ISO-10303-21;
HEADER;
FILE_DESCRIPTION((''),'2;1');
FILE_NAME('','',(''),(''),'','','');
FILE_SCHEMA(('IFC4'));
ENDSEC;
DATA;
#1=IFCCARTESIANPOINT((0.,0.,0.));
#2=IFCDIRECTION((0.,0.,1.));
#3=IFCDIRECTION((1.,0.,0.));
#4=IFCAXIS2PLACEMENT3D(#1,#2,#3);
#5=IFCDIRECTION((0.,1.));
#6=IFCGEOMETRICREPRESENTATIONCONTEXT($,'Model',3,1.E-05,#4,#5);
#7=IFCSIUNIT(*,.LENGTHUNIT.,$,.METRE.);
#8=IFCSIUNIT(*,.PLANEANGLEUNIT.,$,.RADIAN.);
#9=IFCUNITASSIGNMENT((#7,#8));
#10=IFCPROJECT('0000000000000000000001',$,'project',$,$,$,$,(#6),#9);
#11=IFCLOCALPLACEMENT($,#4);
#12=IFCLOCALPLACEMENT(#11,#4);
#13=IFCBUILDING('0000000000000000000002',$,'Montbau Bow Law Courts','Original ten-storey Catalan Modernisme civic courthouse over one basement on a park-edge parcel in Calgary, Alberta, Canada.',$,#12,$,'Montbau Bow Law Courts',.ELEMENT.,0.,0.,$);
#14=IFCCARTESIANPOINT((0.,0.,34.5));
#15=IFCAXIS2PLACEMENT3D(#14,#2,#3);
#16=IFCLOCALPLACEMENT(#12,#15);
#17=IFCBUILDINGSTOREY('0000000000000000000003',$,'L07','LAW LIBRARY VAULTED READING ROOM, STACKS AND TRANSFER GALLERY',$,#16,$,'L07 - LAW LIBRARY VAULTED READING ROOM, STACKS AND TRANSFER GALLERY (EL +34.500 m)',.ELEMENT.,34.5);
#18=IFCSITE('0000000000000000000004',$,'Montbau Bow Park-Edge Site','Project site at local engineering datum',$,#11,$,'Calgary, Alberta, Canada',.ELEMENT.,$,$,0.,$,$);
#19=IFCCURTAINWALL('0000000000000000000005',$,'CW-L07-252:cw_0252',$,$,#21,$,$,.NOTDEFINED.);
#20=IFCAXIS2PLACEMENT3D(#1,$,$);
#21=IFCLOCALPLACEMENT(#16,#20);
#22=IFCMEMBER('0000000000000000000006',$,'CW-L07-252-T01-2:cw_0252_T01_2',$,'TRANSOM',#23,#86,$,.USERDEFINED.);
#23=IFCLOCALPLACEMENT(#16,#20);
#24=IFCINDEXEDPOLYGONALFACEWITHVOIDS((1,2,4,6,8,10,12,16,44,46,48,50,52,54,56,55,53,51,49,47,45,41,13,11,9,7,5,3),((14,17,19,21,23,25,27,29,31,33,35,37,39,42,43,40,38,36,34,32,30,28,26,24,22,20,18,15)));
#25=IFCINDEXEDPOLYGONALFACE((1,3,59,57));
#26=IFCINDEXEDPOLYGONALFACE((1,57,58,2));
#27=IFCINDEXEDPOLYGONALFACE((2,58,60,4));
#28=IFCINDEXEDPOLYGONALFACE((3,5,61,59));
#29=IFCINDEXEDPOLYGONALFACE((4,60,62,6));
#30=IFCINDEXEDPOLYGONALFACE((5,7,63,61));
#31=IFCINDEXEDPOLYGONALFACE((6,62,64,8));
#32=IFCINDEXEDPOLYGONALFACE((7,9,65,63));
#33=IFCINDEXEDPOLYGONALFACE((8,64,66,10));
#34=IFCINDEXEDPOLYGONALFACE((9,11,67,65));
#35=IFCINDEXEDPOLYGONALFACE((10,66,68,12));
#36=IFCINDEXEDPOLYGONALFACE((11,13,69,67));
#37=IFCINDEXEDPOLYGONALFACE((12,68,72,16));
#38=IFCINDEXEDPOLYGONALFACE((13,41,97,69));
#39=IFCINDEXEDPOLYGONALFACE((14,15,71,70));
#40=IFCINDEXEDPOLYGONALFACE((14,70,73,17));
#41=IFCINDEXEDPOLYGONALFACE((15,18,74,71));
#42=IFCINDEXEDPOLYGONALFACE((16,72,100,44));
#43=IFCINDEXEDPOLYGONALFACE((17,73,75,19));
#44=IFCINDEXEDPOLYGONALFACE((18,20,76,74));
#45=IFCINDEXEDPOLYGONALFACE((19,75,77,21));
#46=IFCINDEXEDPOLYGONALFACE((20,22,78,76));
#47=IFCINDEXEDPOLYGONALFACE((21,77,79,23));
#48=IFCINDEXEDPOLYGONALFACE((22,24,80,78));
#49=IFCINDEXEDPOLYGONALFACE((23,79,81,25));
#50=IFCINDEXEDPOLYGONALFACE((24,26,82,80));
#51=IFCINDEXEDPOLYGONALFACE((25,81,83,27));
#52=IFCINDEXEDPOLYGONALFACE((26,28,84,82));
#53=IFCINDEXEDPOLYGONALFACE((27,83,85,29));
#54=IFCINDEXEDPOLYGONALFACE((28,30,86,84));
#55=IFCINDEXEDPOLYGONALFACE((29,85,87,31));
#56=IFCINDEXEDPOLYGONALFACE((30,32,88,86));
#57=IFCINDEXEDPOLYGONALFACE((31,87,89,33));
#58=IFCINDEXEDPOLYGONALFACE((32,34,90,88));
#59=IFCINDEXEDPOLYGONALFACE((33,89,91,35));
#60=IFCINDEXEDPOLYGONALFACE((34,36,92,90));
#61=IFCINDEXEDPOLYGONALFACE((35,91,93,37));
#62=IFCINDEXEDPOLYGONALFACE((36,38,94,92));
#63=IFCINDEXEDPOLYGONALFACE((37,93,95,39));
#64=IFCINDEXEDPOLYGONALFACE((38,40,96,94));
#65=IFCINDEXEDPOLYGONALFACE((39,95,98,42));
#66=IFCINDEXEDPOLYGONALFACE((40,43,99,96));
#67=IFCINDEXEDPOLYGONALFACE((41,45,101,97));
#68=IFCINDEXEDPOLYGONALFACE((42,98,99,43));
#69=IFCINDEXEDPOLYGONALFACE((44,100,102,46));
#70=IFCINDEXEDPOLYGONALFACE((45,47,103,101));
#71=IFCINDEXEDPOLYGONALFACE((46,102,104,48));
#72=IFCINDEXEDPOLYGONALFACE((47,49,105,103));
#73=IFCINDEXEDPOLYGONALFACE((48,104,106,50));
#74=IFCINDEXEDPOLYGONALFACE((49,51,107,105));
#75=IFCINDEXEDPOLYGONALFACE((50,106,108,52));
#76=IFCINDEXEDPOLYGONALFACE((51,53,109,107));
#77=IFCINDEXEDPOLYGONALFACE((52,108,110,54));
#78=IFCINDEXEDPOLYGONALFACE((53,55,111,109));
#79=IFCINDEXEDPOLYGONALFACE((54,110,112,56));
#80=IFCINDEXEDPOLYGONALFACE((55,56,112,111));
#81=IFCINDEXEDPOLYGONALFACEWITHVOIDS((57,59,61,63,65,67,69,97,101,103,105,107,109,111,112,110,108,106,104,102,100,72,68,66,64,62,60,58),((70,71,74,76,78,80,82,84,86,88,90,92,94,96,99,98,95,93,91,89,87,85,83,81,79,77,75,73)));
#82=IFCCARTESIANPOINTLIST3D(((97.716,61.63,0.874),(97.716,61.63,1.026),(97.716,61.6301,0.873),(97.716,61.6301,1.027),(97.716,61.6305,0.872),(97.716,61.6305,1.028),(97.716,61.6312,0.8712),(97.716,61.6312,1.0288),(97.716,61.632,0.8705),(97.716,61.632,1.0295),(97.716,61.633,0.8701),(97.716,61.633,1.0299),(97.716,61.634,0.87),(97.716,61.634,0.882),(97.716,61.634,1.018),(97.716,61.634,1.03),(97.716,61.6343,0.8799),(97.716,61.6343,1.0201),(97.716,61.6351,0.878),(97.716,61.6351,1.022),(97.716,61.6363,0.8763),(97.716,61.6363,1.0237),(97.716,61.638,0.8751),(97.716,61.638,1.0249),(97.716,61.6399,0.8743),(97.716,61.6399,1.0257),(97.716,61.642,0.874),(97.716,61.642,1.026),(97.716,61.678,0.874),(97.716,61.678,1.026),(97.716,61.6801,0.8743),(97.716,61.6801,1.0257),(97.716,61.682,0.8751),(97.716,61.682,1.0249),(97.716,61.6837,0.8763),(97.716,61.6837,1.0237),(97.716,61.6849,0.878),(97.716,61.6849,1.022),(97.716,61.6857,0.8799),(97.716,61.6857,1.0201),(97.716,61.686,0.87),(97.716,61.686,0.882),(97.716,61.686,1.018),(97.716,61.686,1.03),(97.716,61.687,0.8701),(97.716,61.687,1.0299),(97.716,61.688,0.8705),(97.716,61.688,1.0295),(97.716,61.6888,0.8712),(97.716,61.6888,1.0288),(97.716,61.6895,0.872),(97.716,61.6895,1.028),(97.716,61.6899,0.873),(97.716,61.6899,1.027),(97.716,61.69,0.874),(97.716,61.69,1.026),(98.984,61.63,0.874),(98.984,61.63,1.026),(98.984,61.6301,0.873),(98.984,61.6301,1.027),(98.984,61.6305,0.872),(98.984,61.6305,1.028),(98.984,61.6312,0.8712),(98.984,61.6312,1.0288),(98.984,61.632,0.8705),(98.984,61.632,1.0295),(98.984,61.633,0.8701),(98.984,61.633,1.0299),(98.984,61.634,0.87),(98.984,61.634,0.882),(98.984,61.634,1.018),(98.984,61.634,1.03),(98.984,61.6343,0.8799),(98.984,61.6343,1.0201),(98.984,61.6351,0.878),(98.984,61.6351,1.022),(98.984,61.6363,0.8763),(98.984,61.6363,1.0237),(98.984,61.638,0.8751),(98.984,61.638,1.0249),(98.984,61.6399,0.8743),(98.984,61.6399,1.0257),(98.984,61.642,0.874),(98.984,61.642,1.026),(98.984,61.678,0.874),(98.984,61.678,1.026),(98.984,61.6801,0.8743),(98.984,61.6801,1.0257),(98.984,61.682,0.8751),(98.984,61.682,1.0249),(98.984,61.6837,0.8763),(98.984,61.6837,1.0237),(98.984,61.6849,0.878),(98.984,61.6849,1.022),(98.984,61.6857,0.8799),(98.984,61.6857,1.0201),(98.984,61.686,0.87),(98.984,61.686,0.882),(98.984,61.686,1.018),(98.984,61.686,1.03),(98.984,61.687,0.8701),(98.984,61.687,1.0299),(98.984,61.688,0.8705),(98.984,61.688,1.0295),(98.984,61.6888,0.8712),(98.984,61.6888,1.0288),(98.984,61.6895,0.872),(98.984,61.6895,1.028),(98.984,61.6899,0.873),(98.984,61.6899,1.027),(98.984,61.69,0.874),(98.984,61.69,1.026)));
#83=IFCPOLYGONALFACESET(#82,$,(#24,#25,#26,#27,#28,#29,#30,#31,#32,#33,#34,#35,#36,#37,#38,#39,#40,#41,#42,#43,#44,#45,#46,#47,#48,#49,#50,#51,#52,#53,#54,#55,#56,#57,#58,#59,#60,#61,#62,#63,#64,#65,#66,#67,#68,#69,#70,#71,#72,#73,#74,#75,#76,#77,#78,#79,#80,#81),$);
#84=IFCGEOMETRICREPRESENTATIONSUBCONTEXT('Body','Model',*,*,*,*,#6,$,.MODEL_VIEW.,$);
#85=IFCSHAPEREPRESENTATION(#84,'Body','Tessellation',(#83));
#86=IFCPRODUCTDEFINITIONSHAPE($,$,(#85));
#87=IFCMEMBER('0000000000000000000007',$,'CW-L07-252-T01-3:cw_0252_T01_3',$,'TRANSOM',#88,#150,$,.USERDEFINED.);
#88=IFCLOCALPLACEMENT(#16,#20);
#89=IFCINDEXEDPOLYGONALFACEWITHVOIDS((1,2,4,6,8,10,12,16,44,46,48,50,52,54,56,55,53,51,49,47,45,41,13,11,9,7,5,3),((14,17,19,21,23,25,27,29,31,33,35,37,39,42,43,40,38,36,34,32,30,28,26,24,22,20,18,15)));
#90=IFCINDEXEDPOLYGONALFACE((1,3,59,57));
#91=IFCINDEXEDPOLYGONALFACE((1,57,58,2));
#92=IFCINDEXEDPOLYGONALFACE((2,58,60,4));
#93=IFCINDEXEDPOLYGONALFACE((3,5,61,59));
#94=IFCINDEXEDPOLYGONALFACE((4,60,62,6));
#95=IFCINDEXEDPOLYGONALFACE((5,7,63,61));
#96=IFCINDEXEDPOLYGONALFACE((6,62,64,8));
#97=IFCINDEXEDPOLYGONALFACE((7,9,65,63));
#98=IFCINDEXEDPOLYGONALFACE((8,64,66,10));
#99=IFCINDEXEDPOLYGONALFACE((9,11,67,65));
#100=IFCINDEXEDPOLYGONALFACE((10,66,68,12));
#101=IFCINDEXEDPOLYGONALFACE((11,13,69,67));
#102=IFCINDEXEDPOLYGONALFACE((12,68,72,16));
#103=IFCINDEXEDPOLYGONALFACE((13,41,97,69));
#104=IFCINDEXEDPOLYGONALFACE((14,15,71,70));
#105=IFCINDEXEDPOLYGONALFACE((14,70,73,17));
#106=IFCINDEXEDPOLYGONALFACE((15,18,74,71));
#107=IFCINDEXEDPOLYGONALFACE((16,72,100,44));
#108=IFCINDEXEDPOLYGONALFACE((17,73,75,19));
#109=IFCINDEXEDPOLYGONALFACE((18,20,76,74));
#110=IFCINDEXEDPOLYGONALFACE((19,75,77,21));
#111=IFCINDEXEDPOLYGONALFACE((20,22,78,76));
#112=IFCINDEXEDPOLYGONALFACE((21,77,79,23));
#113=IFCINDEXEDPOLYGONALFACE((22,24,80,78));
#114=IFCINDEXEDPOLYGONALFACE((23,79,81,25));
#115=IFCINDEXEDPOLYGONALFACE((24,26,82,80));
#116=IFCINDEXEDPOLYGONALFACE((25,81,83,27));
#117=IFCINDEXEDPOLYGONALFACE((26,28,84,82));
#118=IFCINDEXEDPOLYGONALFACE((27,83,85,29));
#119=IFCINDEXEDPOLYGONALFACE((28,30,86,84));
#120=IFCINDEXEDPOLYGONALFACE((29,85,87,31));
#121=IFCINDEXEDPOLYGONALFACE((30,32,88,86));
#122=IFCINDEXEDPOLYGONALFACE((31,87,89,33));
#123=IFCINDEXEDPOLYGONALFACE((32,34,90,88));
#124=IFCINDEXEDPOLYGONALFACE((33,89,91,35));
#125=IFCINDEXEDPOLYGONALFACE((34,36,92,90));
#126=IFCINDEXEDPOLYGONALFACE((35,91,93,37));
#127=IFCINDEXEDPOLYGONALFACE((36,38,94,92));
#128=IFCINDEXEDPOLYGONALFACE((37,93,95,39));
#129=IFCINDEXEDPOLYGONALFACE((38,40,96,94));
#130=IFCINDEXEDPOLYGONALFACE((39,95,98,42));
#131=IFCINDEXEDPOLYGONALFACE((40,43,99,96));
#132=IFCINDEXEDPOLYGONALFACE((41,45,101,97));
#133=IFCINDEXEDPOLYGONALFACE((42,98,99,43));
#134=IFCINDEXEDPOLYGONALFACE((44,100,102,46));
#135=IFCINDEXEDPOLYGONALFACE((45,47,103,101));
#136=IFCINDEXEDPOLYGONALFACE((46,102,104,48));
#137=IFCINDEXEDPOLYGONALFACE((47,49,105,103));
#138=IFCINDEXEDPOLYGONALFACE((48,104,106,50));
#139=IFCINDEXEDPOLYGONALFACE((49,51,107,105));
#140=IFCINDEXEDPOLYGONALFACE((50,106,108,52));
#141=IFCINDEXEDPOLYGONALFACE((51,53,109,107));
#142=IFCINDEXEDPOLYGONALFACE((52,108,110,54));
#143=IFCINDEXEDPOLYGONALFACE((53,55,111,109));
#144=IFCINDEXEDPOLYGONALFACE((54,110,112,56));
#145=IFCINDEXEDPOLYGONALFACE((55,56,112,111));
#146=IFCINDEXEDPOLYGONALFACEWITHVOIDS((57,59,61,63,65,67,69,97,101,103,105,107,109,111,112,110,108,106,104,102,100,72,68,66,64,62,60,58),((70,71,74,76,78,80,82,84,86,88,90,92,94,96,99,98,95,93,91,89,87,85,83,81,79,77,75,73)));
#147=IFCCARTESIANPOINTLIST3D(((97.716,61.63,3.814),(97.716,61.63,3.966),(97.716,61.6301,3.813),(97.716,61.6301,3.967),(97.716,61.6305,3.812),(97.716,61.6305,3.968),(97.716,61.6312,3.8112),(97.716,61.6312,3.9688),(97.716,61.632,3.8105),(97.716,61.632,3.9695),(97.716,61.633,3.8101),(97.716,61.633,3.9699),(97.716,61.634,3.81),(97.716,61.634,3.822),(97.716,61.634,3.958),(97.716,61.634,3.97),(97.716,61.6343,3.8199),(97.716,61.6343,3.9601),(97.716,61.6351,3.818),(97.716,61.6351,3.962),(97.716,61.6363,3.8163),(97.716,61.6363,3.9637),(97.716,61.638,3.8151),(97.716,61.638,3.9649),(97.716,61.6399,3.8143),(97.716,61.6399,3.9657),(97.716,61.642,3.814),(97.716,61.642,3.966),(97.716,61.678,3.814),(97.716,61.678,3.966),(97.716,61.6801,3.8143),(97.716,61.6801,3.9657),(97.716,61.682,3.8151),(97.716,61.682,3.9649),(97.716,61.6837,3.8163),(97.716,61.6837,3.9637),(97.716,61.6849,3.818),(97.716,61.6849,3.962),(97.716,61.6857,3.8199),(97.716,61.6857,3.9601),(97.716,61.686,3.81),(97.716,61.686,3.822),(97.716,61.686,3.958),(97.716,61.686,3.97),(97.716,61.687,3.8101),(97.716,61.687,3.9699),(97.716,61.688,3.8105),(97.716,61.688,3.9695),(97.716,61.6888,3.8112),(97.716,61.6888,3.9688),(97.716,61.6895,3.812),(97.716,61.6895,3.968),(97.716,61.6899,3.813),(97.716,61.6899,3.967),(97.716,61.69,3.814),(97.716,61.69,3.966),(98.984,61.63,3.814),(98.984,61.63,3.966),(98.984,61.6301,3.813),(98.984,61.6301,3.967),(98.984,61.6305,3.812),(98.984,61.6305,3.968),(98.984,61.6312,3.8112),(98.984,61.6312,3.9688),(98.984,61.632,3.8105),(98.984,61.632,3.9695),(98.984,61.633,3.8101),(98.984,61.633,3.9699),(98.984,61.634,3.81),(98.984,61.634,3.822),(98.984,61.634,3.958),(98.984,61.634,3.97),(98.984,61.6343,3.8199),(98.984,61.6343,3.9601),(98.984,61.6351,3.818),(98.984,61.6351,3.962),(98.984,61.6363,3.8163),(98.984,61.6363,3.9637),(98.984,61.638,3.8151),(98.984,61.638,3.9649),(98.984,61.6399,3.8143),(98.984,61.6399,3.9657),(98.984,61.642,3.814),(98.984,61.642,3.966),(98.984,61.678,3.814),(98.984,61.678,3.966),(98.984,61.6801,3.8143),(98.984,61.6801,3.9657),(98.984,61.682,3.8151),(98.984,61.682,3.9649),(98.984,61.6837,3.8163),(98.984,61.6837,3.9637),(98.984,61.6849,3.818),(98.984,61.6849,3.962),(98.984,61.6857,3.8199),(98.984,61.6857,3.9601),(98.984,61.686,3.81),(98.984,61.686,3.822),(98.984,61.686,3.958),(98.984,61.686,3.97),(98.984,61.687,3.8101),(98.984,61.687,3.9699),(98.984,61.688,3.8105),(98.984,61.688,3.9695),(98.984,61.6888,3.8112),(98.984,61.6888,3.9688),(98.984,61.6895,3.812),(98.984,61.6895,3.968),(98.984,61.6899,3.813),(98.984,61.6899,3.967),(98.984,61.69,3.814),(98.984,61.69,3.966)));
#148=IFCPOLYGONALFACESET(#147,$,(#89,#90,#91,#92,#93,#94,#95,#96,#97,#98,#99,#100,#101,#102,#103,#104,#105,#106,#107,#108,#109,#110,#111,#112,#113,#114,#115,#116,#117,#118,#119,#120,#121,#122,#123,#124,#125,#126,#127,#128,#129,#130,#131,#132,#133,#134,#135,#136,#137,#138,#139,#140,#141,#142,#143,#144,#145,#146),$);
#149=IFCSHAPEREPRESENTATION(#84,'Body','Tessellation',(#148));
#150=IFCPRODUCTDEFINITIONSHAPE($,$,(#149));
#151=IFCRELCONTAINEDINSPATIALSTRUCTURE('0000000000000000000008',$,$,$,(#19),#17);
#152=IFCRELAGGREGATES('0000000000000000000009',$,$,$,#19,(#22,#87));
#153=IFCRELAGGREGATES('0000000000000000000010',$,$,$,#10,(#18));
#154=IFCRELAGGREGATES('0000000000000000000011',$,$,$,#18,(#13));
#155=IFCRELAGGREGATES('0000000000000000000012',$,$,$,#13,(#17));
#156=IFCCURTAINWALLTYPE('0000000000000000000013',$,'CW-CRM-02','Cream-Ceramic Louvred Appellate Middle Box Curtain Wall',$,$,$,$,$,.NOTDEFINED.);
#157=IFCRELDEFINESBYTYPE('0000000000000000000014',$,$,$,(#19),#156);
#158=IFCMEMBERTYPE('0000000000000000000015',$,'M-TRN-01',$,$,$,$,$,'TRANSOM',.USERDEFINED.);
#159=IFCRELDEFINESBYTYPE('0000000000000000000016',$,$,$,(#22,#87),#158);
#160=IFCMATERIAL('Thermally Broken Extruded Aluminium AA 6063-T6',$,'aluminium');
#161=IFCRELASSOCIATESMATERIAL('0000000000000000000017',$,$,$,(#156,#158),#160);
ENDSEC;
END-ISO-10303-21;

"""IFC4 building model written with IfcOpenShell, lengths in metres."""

from ifc_helpers import new_model, si_unit, direction, frame, origin_with_axes, origin_2d_with_axis, place, context, subcontext, project, spatial, hollow_rectangle, extrude, material, material_profile, profile_set, type_object, element, aggregate, save


model = new_model("IFC4")

# Units and contexts
model_context = context("Model", 3, precision=1e-05, world=origin_with_axes(), true_north=direction((0.0, 1.0)))
body_context = subcontext(model_context, "Body", "Model", "MODEL_VIEW")
ifc_project = project(units=[si_unit("LENGTHUNIT", "METRE"), si_unit("PLANEANGLEUNIT", "RADIAN")], contexts=[model_context])

# Site, building, storey
site_placement = place(None, origin_with_axes())
site = spatial("IfcSite", under=ifc_project, at=site_placement, Name="Montbau Bow Park-Edge Site", Description="Project site at local engineering datum", LongName="Calgary, Alberta, Canada", CompositionType="ELEMENT", RefElevation=0.0)
building_placement = place(site_placement, origin_with_axes())
building = spatial("IfcBuilding", under=site, at=building_placement, Name="Montbau Bow Law Courts", Description="Original ten-storey Catalan Modernisme civic courthouse over one basement on a park-edge parcel in Calgary, Alberta, Canada.", LongName="Montbau Bow Law Courts", CompositionType="ELEMENT", ElevationOfRefHeight=0.0, ElevationOfTerrain=0.0)
storey_placement = place(building_placement, frame((0.0, 0.0, 34.5), z_axis=(0.0, 0.0, 1.0), x_axis=(1.0, 0.0, 0.0)))
storey = spatial("IfcBuildingStorey", under=building, at=storey_placement, Name="L07", Description="LAW LIBRARY VAULTED READING ROOM, STACKS AND TRANSFER GALLERY", LongName="L07 - LAW LIBRARY VAULTED READING ROOM, STACKS AND TRANSFER GALLERY (EL +34.500 m)", CompositionType="ELEMENT", Elevation=34.5)

# Curtain wall
ifc_material_1 = material(Name="Thermally Broken Extruded Aluminium AA 6063-T6", Category="aluminium")
curtain_wall_type = type_object("IfcCurtainWallType", Name="CW-CRM-02", Description="Cream-Ceramic Louvred Appellate Middle Box Curtain Wall", PredefinedType="NOTDEFINED", material=ifc_material_1)
curtain_wall_1_placement = place(None, frame((97.64, 61.66, 34.5), z_axis=(0.0, 0.0, 1.0), x_axis=(1.0, 0.0, 0.0)))
curtain_wall_1 = element("IfcCurtainWall", 1, at=curtain_wall_1_placement, inside=storey, type_object=curtain_wall_type, Name="CW-L07-252:cw_0252", PredefinedType="NOTDEFINED")

# Members
ifc_material_profile_1 = material_profile(ifc_material_1, hollow_rectangle(XDim=0.06, YDim=0.16, WallThickness=0.004, InnerFilletRadius=0.008, OuterFilletRadius=0.004, at=origin_2d_with_axis()), Name="CWT-160X60", Category="Main", Priority=0)
ifc_profile_set_1 = profile_set([ifc_material_profile_1], Name="Thermally Broken Extruded Aluminium AA 6063-T6")
member_type_1 = type_object("IfcMemberType", Name="M-TRN-01", ElementType="TRANSOM", PredefinedType="USERDEFINED", material=ifc_profile_set_1)
member_1_placement = place(None, frame((97.716, 61.66, 35.45), z_axis=(1.0, 0.0, 0.0), x_axis=(0.0, 1.0, 0.0)))
member_1 = element("IfcMember", 2, at=member_1_placement, type_object=member_type_1, Name="CW-L07-252-T01-2:cw_0252_T01_2", ObjectType="TRANSOM", PredefinedType="USERDEFINED", context=body_context, shape_type="SweptSolid", body=[
    extrude(hollow_rectangle(XDim=0.06, YDim=0.16, WallThickness=0.004, InnerFilletRadius=0.008, OuterFilletRadius=0.004, at=origin_2d_with_axis()), origin_with_axes(), (0.0, 0.0, 1.0), 1.268),
])
member_2_placement = place(None, frame((97.716, 61.66, 38.39), z_axis=(1.0, 0.0, 0.0), x_axis=(0.0, 1.0, 0.0)))
member_2 = element("IfcMember", 3, at=member_2_placement, type_object=member_type_1, Name="CW-L07-252-T01-3:cw_0252_T01_3", ObjectType="TRANSOM", PredefinedType="USERDEFINED", context=body_context, shape_type="SweptSolid", body=[
    extrude(hollow_rectangle(XDim=0.06, YDim=0.16, WallThickness=0.004, InnerFilletRadius=0.008, OuterFilletRadius=0.004, at=origin_2d_with_axis()), origin_with_axes(), (0.0, 0.0, 1.0), 1.268),
])

aggregate(curtain_wall_1, [member_1, member_2])

save(model, "model.ifc")
